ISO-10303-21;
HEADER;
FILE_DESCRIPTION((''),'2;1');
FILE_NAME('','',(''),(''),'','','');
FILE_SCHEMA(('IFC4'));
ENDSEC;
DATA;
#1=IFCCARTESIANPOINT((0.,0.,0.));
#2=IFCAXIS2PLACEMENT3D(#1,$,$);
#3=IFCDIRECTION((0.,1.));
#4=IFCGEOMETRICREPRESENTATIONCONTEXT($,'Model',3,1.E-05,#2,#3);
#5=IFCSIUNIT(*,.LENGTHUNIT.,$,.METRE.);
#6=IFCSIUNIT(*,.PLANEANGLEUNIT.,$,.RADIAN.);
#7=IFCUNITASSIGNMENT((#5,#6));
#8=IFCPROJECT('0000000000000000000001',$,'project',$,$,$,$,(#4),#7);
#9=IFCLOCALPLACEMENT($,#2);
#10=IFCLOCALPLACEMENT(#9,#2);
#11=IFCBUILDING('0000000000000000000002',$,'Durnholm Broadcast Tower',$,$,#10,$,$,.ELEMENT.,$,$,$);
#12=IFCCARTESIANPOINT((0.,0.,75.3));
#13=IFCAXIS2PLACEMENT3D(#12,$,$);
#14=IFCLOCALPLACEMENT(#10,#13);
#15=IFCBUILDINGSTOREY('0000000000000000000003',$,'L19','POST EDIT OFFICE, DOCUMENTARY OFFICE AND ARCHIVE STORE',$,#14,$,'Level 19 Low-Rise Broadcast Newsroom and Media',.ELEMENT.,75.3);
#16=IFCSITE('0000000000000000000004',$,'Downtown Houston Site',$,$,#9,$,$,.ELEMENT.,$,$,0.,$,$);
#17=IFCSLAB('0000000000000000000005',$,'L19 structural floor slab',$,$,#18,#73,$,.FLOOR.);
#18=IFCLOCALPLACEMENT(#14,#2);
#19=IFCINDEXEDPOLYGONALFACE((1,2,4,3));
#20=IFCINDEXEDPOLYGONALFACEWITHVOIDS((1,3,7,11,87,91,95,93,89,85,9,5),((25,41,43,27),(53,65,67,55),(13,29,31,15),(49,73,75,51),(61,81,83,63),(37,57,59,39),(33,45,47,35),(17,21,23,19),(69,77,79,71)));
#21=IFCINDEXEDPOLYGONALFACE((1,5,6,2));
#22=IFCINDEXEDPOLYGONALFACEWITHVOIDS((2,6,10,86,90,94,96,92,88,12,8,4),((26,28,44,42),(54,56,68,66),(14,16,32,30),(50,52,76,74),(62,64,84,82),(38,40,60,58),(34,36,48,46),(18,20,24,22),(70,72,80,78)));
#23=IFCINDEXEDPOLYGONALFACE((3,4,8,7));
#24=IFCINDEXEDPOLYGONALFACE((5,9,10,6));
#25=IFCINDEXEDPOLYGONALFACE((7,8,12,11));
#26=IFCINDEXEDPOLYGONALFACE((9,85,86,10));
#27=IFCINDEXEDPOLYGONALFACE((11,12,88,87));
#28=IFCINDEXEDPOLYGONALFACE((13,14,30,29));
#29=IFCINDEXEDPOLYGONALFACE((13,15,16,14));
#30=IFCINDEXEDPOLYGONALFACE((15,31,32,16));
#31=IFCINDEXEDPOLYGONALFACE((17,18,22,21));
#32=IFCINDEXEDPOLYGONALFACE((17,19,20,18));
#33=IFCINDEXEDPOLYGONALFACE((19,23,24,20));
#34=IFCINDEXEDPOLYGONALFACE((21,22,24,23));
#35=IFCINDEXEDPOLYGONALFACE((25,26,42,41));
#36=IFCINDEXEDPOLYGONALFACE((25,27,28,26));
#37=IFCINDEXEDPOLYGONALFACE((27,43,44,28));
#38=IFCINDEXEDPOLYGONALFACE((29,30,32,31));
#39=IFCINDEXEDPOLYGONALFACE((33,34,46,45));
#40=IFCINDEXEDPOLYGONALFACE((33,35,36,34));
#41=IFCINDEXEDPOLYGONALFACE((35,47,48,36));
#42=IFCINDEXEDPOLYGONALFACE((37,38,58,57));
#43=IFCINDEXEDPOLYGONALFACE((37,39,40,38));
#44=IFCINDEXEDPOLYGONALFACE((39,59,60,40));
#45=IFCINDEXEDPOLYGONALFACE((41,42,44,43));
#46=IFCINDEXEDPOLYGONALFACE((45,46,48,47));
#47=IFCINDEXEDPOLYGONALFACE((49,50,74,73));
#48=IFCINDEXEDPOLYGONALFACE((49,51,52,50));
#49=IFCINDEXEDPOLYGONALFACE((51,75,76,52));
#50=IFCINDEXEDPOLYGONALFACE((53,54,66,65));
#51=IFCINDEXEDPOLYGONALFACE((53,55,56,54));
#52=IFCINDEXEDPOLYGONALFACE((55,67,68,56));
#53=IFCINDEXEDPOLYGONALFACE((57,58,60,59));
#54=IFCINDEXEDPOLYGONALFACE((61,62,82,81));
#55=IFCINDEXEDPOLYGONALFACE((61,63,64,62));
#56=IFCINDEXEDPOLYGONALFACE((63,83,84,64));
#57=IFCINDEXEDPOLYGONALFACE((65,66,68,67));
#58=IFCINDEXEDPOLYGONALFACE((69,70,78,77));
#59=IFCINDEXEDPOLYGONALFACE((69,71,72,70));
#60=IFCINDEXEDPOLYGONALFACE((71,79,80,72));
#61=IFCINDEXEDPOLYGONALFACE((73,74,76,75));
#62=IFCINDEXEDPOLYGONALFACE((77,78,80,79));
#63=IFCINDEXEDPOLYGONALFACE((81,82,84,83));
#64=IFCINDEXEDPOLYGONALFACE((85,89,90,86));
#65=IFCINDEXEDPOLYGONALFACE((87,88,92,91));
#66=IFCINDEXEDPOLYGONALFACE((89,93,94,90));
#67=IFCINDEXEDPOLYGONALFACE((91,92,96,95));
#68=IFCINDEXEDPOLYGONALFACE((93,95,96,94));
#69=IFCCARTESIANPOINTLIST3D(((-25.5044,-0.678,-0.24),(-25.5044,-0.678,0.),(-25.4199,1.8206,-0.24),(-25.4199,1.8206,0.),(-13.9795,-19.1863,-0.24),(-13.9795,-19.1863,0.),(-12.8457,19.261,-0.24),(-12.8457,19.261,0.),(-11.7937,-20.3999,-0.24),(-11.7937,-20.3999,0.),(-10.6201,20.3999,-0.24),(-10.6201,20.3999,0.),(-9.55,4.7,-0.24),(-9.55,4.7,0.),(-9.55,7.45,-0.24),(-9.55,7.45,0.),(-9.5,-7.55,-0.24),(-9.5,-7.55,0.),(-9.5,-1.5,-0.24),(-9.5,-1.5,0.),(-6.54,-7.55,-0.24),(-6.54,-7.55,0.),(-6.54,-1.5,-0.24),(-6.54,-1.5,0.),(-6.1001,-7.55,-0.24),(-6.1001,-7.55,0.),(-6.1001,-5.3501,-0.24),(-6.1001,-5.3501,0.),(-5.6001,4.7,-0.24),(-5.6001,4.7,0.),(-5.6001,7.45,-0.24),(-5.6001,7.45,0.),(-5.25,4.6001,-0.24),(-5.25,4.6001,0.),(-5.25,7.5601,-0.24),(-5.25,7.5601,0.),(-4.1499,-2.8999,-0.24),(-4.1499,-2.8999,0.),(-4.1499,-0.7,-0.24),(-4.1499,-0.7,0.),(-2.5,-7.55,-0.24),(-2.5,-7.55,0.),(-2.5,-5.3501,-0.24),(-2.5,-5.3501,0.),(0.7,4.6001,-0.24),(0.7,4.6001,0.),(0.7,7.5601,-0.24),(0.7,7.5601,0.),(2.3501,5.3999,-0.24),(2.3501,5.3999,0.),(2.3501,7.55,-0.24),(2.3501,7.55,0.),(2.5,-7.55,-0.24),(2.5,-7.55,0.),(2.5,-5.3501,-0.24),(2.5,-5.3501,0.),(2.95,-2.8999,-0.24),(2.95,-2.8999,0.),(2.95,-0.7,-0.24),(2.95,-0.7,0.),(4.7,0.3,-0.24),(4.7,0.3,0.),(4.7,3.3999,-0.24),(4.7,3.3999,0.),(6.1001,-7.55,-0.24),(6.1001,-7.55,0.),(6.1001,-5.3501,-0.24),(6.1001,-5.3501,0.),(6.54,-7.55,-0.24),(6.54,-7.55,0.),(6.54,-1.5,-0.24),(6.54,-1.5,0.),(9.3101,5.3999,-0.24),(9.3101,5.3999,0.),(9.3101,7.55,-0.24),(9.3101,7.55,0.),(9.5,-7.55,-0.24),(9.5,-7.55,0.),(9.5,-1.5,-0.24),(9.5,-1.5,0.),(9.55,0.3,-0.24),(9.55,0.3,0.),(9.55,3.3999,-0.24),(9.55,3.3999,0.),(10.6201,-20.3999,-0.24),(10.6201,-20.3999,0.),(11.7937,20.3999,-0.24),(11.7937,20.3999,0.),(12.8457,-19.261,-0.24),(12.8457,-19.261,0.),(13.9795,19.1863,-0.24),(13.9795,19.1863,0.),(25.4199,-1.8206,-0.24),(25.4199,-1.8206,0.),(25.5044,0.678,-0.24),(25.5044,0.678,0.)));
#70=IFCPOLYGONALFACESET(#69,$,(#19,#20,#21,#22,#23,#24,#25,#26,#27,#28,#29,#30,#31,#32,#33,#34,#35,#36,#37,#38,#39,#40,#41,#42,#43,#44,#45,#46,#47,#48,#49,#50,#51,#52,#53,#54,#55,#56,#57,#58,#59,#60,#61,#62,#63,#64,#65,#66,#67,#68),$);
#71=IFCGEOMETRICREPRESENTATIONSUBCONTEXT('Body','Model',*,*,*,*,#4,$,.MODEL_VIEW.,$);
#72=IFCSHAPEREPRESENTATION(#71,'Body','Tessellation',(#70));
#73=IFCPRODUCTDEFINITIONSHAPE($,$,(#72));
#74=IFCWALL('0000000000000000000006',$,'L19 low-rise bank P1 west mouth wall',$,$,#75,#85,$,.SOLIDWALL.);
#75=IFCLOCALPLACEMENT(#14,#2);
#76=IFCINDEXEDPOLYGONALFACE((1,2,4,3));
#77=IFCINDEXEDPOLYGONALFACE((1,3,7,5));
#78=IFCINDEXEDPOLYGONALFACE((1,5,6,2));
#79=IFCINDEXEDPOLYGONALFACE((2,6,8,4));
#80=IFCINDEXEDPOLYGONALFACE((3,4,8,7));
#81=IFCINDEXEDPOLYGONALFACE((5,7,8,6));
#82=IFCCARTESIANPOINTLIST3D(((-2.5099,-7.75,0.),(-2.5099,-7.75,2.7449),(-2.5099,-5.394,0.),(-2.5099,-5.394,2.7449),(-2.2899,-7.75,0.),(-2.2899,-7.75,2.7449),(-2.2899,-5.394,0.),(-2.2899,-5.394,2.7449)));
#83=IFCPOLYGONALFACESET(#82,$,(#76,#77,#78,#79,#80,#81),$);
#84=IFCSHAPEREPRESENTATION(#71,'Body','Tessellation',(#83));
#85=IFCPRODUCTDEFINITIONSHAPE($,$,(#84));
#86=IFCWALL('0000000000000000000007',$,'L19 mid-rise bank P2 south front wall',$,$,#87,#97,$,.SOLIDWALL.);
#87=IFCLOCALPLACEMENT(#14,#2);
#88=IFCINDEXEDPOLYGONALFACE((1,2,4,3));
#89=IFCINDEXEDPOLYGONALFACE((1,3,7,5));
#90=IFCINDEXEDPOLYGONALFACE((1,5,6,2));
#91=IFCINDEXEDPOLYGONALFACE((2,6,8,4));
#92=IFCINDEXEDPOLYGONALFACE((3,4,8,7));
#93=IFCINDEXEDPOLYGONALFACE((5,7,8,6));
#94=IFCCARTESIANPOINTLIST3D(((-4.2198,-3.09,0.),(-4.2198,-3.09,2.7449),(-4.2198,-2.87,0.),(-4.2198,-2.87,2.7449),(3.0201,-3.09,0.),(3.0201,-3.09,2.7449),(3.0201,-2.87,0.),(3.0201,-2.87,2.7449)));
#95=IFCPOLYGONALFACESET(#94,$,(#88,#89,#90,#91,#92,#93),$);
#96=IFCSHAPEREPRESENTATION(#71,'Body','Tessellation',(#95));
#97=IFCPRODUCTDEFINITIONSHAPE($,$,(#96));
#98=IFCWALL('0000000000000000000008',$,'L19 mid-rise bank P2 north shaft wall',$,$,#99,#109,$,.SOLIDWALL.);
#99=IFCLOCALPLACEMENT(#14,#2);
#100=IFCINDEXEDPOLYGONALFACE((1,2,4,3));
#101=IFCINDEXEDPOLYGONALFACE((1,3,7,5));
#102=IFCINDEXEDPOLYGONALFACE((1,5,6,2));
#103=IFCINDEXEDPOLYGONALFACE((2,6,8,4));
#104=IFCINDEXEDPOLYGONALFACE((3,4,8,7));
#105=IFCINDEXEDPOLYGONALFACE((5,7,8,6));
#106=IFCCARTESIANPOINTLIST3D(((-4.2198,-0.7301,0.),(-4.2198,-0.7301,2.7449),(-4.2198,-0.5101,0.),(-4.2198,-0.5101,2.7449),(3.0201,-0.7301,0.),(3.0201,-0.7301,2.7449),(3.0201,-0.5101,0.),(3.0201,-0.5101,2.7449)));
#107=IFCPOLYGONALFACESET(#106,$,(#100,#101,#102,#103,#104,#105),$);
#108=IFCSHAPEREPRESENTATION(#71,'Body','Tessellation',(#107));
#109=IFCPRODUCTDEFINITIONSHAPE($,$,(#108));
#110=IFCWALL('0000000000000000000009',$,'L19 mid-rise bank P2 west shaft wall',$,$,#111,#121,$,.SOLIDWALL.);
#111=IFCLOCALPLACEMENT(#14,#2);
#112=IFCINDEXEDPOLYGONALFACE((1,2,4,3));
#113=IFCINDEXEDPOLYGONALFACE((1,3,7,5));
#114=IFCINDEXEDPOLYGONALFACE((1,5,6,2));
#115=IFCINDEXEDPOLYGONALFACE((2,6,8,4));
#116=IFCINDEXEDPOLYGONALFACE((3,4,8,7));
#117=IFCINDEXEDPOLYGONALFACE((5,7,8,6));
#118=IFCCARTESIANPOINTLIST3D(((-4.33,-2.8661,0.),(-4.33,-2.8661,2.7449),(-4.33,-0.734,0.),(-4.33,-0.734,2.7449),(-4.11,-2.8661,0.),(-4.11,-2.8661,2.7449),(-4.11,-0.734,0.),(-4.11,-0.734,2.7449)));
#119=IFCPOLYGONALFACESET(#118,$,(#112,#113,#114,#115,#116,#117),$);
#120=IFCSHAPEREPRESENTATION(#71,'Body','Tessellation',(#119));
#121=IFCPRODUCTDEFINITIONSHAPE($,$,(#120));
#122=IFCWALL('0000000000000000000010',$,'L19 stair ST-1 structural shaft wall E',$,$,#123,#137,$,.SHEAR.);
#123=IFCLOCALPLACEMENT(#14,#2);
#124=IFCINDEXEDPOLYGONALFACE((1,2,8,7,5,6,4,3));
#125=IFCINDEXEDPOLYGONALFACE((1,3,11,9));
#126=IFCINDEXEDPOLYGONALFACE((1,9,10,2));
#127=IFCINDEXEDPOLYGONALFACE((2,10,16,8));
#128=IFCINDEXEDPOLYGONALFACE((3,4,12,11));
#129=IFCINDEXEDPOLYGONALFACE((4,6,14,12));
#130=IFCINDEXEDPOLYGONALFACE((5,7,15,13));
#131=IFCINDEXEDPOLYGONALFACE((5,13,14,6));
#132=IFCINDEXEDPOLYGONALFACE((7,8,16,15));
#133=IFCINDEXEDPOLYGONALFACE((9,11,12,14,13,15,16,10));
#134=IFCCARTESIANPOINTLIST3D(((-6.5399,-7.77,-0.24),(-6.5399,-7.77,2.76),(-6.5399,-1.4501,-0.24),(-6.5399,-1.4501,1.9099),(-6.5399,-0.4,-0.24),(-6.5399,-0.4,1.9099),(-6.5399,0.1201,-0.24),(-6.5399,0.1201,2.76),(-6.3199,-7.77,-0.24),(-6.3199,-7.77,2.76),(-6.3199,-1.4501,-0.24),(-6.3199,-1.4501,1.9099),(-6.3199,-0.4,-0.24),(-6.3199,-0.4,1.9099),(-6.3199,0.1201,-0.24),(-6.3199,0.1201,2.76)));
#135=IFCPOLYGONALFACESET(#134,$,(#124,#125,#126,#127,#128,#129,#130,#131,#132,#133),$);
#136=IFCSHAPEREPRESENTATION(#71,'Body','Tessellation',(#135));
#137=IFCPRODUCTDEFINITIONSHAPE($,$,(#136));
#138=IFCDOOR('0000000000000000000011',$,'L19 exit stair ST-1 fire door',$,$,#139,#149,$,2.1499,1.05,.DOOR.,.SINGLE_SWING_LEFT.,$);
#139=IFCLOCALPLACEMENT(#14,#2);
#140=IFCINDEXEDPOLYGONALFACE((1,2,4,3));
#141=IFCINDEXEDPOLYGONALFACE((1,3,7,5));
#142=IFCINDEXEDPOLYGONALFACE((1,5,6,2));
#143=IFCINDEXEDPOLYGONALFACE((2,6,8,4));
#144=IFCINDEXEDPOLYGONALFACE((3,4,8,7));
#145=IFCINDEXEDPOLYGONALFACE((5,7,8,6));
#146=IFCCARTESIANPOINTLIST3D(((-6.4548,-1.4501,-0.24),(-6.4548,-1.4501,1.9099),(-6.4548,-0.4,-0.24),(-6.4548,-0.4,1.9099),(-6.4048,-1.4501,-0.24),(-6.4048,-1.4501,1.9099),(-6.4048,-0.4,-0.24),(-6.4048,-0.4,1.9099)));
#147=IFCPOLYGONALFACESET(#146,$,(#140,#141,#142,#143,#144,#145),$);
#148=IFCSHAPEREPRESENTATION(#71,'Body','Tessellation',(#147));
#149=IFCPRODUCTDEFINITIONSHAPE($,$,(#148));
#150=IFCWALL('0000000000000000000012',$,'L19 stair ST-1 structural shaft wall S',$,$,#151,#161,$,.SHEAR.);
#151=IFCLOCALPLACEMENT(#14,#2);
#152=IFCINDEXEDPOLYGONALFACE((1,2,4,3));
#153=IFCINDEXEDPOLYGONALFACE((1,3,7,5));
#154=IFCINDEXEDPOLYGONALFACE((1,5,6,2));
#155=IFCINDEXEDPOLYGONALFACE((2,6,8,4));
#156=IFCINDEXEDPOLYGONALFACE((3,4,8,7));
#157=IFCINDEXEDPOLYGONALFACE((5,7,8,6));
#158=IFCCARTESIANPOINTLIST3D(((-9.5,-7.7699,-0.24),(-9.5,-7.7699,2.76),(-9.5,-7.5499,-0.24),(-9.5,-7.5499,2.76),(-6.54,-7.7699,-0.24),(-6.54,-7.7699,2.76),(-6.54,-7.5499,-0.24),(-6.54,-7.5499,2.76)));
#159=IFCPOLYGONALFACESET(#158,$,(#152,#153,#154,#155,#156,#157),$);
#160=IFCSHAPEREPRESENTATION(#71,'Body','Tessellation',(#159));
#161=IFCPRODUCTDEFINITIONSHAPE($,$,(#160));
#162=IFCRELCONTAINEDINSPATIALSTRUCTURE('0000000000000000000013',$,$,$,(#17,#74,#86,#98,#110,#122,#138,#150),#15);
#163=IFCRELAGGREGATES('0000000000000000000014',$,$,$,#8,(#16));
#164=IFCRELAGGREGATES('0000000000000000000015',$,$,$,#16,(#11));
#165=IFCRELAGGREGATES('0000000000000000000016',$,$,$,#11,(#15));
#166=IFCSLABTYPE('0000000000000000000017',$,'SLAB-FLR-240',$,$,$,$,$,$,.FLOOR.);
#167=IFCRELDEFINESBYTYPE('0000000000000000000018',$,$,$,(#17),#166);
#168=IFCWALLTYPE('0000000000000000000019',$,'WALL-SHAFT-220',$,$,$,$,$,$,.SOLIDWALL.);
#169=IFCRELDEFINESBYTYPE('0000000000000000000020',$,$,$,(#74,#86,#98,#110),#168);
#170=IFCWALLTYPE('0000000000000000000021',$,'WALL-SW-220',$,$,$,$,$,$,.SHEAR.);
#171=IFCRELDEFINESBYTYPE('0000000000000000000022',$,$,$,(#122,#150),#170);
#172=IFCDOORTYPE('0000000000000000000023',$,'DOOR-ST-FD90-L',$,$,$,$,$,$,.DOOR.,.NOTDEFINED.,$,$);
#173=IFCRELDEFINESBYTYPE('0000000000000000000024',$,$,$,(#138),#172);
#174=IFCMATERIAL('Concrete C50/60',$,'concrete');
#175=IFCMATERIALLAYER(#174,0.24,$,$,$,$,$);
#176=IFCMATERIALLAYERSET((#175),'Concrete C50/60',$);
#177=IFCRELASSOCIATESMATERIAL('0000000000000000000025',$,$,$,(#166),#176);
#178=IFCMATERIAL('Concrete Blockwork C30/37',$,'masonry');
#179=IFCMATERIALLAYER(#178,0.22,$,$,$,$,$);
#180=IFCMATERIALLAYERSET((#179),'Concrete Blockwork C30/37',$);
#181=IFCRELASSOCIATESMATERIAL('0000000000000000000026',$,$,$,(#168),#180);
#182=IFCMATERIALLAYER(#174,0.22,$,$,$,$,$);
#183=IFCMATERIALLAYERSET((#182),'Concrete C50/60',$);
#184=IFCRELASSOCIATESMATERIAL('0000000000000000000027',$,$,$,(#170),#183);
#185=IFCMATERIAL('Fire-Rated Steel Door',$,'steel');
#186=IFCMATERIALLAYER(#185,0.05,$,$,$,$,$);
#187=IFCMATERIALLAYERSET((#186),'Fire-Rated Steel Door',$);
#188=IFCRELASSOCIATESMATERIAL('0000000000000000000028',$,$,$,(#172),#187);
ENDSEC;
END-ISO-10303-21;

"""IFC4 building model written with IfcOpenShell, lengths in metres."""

from ifc_helpers import new_model, si_unit, direction, frame, frame_2d, origin, place, context, subcontext, project, spatial, polyline, rectangle, outline, extrude, source, transform, mapped, material, layer, layer_set, type_object, type_shapes, element, fill, save


model = new_model("IFC4")

# Units and contexts
model_context = context("Model", 3, precision=1e-05, world=origin(), true_north=direction((0.0, 1.0)))
body_context = subcontext(model_context, "Body", "Model", "MODEL_VIEW")
ifc_project = project(units=[si_unit("LENGTHUNIT", "METRE"), si_unit("PLANEANGLEUNIT", "RADIAN")], contexts=[model_context])

# Site, building, storey
site_placement = place(None, origin())
site = spatial("IfcSite", under=ifc_project, at=site_placement, Name="Downtown Houston Site", CompositionType="ELEMENT", RefElevation=0.0)
building_placement = place(site_placement, origin())
building = spatial("IfcBuilding", under=site, at=building_placement, Name="Durnholm Broadcast Tower", CompositionType="ELEMENT")
storey_placement = place(building_placement, frame((0.0, 0.0, 75.3)))
storey = spatial("IfcBuildingStorey", under=building, at=storey_placement, Name="L19", Description="POST EDIT OFFICE, DOCUMENTARY OFFICE AND ARCHIVE STORE", LongName="Level 19 Low-Rise Broadcast Newsroom and Media", CompositionType="ELEMENT", Elevation=75.3)

# Slab
ifc_material_1 = material(Name="Concrete C50/60", Category="concrete")
ifc_layer_1 = layer(ifc_material_1, 0.24)
ifc_layer_set_1 = layer_set([ifc_layer_1], Name="Concrete C50/60")
slab_type = type_object("IfcSlabType", Name="SLAB-FLR-240", PredefinedType="FLOOR", material=ifc_layer_set_1)
slab_placement = place(storey_placement, frame((0.0, 0.0, -0.24)))
element("IfcSlab", 1, at=slab_placement, inside=storey, type_object=slab_type, Name="L19 structural floor slab", PredefinedType="FLOOR", context=body_context, shape_type="SweptSolid", body=[
    extrude(outline(polyline([(-13.9795, -19.1863), (-11.7937, -20.3999), (10.6201, -20.3999), (12.8457, -19.261), (25.4199, -1.8206), (25.5044, 0.678), (13.9795, 19.1863), (11.7937, 20.3999), (-10.6201, 20.3999), (-12.8457, 19.261), (-25.4199, 1.8206), (-25.5044, -0.678), (-13.9795, -19.1863)]), holes=[polyline([(-2.5, -5.3501), (-6.1001, -5.3501), (-6.1001, -7.55), (-2.5, -7.55), (-2.5, -5.3501)]), polyline([(6.1001, -5.3501), (2.5, -5.3501), (2.5, -7.55), (6.1001, -7.55), (6.1001, -5.3501)]), polyline([(-6.54, -7.55), (-6.54, -1.5), (-9.5, -1.5), (-9.5, -7.55), (-6.54, -7.55)]), polyline([(9.5, -7.55), (9.5, -1.5), (6.54, -1.5), (6.54, -7.55), (9.5, -7.55)]), polyline([(2.95, -0.7), (-4.1499, -0.7), (-4.1499, -2.8999), (2.95, -2.8999), (2.95, -0.7)]), polyline([(9.55, 3.3999), (4.7, 3.3999), (4.7, 0.3), (9.55, 0.3), (9.55, 3.3999)]), polyline([(-5.6001, 7.45), (-9.55, 7.45), (-9.55, 4.7), (-5.6001, 4.7), (-5.6001, 7.45)]), polyline([(-5.25, 7.5601), (-5.25, 4.6001), (0.7, 4.6001), (0.7, 7.5601), (-5.25, 7.5601)]), polyline([(9.3101, 5.3999), (9.3101, 7.55), (2.3501, 7.55), (2.3501, 5.3999), (9.3101, 5.3999)])]), origin(), (0.0, 0.0, 1.0), 0.24),
])

# Shared definitions
ifc_material_2 = material(Name="Concrete Blockwork C30/37", Category="masonry")
ifc_layer_2 = layer(ifc_material_2, 0.22)
ifc_layer_set_2 = layer_set([ifc_layer_2], Name="Concrete Blockwork C30/37")
wall_type_1 = type_object("IfcWallType", Name="WALL-SHAFT-220", PredefinedType="SOLIDWALL", material=ifc_layer_set_2)

# Walls
wall_1_placement = place(storey_placement, frame((-2.3999, -7.75, 0.0), z_axis=(0.0, 0.0, 1.0), x_axis=(0.0, 1.0, 0.0)))
element("IfcWall", 2, at=wall_1_placement, inside=storey, type_object=wall_type_1, Name="L19 low-rise bank P1 west mouth wall", PredefinedType="SOLIDWALL", context=body_context, shape_type="SweptSolid", body=[
    extrude(rectangle(XDim=2.356, YDim=0.22, at=frame_2d((1.178, 0.0))), origin(), (0.0, 0.0, 1.0), 2.7449),
])
for number, where, z_axis, x_axis, name in (
    (3, (-4.22, -2.98, 0.0), (0.0, 0.0, 1.0), (1.0, 0.0, 0.0), "L19 mid-rise bank P2 south front wall"),
    (4, (-4.22, -0.6201, 0.0), (0.0, 0.0, 1.0), (1.0, 0.0, 0.0), "L19 mid-rise bank P2 north shaft wall"),
):
    element("IfcWall", number, at=place(storey_placement, frame(where, z_axis=z_axis, x_axis=x_axis)), inside=storey, type_object=wall_type_1, Name=name, PredefinedType="SOLIDWALL", context=body_context, shape_type="SweptSolid", body=[
        extrude(rectangle(XDim=7.24, YDim=0.22, at=frame_2d((3.6201, 0.0))), origin(), (0.0, 0.0, 1.0), 2.7449),
    ])
wall_2_placement = place(storey_placement, frame((-4.22, -2.866, 0.0), z_axis=(0.0, 0.0, 1.0), x_axis=(0.0, 1.0, 0.0)))
element("IfcWall", 5, at=wall_2_placement, inside=storey, type_object=wall_type_1, Name="L19 mid-rise bank P2 west shaft wall", PredefinedType="SOLIDWALL", context=body_context, shape_type="SweptSolid", body=[
    extrude(rectangle(XDim=2.1321, YDim=0.22, at=frame_2d((1.0659, 0.0))), origin(), (0.0, 0.0, 1.0), 2.7449),
])

# Wall, opening, door
ifc_layer_3 = layer(ifc_material_1, 0.22)
ifc_layer_set_3 = layer_set([ifc_layer_3], Name="Concrete C50/60")
wall_type_2 = type_object("IfcWallType", Name="WALL-SW-220", PredefinedType="SHEAR", material=ifc_layer_set_3)
wall_3_placement = place(storey_placement, frame((-6.4299, -7.77, -0.24), z_axis=(0.0, 0.0, 1.0), x_axis=(0.0, 1.0, 0.0)))
wall_3 = element("IfcWall", 6, at=wall_3_placement, inside=storey, type_object=wall_type_2, Name="L19 stair ST-1 structural shaft wall E", PredefinedType="SHEAR", context=body_context, shape_type="SweptSolid", body=[
    extrude(rectangle(XDim=7.8901, YDim=0.22, at=frame_2d((3.9451, 0.0))), origin(), (0.0, 0.0, 1.0), 3.0),
])
opening_1_placement = place(wall_3_placement, frame((6.3201, 0.0, 0.0)))
opening_1 = element("IfcOpeningElement", 7, at=opening_1_placement, cuts=wall_3, PredefinedType="OPENING", context=body_context, shape_type="SweptSolid", body=[
    extrude(rectangle(XDim=1.05, YDim=2.1499, at=frame_2d((0.5249, 1.075))), frame((0.0, 0.1201, 0.0), z_axis=(0.0, -1.0, 0.0), x_axis=(1.0, 0.0, 0.0)), (0.0, 0.0, 1.0), 0.24),
])
ifc_material_3 = material(Name="Fire-Rated Steel Door", Category="steel")
ifc_layer_4 = layer(ifc_material_3, 0.05)
ifc_layer_set_4 = layer_set([ifc_layer_4], Name="Fire-Rated Steel Door")
door_type_1 = type_object("IfcDoorType", Name="DOOR-ST-FD90-L", OperationType="NOTDEFINED", PredefinedType="DOOR", material=ifc_layer_set_4)
shared_shape_1 = source(origin(), body_context, "Body", "SweptSolid", [
    extrude(rectangle(XDim=1.05, YDim=2.1499, at=frame_2d((0.5249, 1.075))), frame((0.0, 0.0249, 0.0), z_axis=(0.0, -1.0, 0.0), x_axis=(1.0, 0.0, 0.0)), (0.0, 0.0, 1.0), 0.05),
])
type_shapes(door_type_1, [shared_shape_1])
door_1_placement = place(opening_1_placement, origin())
door_1 = element("IfcDoor", 8, at=door_1_placement, inside=storey, type_object=door_type_1, Name="L19 exit stair ST-1 fire door", OperationType="SINGLE_SWING_LEFT", OverallHeight=2.1499, OverallWidth=1.05, PredefinedType="DOOR", context=body_context, shape_type="MappedRepresentation", body=[
    mapped(shared_shape_1, transform((0.0, 0.0, 0.0), x_axis=(1.0, 0.0, 0.0), y_axis=(0.0, 1.0, 0.0), z_axis=(0.0, 0.0, 1.0), scale=1.0)),
])
fill(opening_1, door_1)

# Wall
wall_4_placement = place(storey_placement, frame((-9.5, -7.6599, -0.24), z_axis=(0.0, 0.0, 1.0), x_axis=(1.0, 0.0, 0.0)))
element("IfcWall", 9, at=wall_4_placement, inside=storey, type_object=wall_type_2, Name="L19 stair ST-1 structural shaft wall S", PredefinedType="SHEAR", context=body_context, shape_type="SweptSolid", body=[
    extrude(rectangle(XDim=2.96, YDim=0.22, at=frame_2d((1.48, 0.0))), origin(), (0.0, 0.0, 1.0), 3.0),
])

save(model, "model.ifc")
